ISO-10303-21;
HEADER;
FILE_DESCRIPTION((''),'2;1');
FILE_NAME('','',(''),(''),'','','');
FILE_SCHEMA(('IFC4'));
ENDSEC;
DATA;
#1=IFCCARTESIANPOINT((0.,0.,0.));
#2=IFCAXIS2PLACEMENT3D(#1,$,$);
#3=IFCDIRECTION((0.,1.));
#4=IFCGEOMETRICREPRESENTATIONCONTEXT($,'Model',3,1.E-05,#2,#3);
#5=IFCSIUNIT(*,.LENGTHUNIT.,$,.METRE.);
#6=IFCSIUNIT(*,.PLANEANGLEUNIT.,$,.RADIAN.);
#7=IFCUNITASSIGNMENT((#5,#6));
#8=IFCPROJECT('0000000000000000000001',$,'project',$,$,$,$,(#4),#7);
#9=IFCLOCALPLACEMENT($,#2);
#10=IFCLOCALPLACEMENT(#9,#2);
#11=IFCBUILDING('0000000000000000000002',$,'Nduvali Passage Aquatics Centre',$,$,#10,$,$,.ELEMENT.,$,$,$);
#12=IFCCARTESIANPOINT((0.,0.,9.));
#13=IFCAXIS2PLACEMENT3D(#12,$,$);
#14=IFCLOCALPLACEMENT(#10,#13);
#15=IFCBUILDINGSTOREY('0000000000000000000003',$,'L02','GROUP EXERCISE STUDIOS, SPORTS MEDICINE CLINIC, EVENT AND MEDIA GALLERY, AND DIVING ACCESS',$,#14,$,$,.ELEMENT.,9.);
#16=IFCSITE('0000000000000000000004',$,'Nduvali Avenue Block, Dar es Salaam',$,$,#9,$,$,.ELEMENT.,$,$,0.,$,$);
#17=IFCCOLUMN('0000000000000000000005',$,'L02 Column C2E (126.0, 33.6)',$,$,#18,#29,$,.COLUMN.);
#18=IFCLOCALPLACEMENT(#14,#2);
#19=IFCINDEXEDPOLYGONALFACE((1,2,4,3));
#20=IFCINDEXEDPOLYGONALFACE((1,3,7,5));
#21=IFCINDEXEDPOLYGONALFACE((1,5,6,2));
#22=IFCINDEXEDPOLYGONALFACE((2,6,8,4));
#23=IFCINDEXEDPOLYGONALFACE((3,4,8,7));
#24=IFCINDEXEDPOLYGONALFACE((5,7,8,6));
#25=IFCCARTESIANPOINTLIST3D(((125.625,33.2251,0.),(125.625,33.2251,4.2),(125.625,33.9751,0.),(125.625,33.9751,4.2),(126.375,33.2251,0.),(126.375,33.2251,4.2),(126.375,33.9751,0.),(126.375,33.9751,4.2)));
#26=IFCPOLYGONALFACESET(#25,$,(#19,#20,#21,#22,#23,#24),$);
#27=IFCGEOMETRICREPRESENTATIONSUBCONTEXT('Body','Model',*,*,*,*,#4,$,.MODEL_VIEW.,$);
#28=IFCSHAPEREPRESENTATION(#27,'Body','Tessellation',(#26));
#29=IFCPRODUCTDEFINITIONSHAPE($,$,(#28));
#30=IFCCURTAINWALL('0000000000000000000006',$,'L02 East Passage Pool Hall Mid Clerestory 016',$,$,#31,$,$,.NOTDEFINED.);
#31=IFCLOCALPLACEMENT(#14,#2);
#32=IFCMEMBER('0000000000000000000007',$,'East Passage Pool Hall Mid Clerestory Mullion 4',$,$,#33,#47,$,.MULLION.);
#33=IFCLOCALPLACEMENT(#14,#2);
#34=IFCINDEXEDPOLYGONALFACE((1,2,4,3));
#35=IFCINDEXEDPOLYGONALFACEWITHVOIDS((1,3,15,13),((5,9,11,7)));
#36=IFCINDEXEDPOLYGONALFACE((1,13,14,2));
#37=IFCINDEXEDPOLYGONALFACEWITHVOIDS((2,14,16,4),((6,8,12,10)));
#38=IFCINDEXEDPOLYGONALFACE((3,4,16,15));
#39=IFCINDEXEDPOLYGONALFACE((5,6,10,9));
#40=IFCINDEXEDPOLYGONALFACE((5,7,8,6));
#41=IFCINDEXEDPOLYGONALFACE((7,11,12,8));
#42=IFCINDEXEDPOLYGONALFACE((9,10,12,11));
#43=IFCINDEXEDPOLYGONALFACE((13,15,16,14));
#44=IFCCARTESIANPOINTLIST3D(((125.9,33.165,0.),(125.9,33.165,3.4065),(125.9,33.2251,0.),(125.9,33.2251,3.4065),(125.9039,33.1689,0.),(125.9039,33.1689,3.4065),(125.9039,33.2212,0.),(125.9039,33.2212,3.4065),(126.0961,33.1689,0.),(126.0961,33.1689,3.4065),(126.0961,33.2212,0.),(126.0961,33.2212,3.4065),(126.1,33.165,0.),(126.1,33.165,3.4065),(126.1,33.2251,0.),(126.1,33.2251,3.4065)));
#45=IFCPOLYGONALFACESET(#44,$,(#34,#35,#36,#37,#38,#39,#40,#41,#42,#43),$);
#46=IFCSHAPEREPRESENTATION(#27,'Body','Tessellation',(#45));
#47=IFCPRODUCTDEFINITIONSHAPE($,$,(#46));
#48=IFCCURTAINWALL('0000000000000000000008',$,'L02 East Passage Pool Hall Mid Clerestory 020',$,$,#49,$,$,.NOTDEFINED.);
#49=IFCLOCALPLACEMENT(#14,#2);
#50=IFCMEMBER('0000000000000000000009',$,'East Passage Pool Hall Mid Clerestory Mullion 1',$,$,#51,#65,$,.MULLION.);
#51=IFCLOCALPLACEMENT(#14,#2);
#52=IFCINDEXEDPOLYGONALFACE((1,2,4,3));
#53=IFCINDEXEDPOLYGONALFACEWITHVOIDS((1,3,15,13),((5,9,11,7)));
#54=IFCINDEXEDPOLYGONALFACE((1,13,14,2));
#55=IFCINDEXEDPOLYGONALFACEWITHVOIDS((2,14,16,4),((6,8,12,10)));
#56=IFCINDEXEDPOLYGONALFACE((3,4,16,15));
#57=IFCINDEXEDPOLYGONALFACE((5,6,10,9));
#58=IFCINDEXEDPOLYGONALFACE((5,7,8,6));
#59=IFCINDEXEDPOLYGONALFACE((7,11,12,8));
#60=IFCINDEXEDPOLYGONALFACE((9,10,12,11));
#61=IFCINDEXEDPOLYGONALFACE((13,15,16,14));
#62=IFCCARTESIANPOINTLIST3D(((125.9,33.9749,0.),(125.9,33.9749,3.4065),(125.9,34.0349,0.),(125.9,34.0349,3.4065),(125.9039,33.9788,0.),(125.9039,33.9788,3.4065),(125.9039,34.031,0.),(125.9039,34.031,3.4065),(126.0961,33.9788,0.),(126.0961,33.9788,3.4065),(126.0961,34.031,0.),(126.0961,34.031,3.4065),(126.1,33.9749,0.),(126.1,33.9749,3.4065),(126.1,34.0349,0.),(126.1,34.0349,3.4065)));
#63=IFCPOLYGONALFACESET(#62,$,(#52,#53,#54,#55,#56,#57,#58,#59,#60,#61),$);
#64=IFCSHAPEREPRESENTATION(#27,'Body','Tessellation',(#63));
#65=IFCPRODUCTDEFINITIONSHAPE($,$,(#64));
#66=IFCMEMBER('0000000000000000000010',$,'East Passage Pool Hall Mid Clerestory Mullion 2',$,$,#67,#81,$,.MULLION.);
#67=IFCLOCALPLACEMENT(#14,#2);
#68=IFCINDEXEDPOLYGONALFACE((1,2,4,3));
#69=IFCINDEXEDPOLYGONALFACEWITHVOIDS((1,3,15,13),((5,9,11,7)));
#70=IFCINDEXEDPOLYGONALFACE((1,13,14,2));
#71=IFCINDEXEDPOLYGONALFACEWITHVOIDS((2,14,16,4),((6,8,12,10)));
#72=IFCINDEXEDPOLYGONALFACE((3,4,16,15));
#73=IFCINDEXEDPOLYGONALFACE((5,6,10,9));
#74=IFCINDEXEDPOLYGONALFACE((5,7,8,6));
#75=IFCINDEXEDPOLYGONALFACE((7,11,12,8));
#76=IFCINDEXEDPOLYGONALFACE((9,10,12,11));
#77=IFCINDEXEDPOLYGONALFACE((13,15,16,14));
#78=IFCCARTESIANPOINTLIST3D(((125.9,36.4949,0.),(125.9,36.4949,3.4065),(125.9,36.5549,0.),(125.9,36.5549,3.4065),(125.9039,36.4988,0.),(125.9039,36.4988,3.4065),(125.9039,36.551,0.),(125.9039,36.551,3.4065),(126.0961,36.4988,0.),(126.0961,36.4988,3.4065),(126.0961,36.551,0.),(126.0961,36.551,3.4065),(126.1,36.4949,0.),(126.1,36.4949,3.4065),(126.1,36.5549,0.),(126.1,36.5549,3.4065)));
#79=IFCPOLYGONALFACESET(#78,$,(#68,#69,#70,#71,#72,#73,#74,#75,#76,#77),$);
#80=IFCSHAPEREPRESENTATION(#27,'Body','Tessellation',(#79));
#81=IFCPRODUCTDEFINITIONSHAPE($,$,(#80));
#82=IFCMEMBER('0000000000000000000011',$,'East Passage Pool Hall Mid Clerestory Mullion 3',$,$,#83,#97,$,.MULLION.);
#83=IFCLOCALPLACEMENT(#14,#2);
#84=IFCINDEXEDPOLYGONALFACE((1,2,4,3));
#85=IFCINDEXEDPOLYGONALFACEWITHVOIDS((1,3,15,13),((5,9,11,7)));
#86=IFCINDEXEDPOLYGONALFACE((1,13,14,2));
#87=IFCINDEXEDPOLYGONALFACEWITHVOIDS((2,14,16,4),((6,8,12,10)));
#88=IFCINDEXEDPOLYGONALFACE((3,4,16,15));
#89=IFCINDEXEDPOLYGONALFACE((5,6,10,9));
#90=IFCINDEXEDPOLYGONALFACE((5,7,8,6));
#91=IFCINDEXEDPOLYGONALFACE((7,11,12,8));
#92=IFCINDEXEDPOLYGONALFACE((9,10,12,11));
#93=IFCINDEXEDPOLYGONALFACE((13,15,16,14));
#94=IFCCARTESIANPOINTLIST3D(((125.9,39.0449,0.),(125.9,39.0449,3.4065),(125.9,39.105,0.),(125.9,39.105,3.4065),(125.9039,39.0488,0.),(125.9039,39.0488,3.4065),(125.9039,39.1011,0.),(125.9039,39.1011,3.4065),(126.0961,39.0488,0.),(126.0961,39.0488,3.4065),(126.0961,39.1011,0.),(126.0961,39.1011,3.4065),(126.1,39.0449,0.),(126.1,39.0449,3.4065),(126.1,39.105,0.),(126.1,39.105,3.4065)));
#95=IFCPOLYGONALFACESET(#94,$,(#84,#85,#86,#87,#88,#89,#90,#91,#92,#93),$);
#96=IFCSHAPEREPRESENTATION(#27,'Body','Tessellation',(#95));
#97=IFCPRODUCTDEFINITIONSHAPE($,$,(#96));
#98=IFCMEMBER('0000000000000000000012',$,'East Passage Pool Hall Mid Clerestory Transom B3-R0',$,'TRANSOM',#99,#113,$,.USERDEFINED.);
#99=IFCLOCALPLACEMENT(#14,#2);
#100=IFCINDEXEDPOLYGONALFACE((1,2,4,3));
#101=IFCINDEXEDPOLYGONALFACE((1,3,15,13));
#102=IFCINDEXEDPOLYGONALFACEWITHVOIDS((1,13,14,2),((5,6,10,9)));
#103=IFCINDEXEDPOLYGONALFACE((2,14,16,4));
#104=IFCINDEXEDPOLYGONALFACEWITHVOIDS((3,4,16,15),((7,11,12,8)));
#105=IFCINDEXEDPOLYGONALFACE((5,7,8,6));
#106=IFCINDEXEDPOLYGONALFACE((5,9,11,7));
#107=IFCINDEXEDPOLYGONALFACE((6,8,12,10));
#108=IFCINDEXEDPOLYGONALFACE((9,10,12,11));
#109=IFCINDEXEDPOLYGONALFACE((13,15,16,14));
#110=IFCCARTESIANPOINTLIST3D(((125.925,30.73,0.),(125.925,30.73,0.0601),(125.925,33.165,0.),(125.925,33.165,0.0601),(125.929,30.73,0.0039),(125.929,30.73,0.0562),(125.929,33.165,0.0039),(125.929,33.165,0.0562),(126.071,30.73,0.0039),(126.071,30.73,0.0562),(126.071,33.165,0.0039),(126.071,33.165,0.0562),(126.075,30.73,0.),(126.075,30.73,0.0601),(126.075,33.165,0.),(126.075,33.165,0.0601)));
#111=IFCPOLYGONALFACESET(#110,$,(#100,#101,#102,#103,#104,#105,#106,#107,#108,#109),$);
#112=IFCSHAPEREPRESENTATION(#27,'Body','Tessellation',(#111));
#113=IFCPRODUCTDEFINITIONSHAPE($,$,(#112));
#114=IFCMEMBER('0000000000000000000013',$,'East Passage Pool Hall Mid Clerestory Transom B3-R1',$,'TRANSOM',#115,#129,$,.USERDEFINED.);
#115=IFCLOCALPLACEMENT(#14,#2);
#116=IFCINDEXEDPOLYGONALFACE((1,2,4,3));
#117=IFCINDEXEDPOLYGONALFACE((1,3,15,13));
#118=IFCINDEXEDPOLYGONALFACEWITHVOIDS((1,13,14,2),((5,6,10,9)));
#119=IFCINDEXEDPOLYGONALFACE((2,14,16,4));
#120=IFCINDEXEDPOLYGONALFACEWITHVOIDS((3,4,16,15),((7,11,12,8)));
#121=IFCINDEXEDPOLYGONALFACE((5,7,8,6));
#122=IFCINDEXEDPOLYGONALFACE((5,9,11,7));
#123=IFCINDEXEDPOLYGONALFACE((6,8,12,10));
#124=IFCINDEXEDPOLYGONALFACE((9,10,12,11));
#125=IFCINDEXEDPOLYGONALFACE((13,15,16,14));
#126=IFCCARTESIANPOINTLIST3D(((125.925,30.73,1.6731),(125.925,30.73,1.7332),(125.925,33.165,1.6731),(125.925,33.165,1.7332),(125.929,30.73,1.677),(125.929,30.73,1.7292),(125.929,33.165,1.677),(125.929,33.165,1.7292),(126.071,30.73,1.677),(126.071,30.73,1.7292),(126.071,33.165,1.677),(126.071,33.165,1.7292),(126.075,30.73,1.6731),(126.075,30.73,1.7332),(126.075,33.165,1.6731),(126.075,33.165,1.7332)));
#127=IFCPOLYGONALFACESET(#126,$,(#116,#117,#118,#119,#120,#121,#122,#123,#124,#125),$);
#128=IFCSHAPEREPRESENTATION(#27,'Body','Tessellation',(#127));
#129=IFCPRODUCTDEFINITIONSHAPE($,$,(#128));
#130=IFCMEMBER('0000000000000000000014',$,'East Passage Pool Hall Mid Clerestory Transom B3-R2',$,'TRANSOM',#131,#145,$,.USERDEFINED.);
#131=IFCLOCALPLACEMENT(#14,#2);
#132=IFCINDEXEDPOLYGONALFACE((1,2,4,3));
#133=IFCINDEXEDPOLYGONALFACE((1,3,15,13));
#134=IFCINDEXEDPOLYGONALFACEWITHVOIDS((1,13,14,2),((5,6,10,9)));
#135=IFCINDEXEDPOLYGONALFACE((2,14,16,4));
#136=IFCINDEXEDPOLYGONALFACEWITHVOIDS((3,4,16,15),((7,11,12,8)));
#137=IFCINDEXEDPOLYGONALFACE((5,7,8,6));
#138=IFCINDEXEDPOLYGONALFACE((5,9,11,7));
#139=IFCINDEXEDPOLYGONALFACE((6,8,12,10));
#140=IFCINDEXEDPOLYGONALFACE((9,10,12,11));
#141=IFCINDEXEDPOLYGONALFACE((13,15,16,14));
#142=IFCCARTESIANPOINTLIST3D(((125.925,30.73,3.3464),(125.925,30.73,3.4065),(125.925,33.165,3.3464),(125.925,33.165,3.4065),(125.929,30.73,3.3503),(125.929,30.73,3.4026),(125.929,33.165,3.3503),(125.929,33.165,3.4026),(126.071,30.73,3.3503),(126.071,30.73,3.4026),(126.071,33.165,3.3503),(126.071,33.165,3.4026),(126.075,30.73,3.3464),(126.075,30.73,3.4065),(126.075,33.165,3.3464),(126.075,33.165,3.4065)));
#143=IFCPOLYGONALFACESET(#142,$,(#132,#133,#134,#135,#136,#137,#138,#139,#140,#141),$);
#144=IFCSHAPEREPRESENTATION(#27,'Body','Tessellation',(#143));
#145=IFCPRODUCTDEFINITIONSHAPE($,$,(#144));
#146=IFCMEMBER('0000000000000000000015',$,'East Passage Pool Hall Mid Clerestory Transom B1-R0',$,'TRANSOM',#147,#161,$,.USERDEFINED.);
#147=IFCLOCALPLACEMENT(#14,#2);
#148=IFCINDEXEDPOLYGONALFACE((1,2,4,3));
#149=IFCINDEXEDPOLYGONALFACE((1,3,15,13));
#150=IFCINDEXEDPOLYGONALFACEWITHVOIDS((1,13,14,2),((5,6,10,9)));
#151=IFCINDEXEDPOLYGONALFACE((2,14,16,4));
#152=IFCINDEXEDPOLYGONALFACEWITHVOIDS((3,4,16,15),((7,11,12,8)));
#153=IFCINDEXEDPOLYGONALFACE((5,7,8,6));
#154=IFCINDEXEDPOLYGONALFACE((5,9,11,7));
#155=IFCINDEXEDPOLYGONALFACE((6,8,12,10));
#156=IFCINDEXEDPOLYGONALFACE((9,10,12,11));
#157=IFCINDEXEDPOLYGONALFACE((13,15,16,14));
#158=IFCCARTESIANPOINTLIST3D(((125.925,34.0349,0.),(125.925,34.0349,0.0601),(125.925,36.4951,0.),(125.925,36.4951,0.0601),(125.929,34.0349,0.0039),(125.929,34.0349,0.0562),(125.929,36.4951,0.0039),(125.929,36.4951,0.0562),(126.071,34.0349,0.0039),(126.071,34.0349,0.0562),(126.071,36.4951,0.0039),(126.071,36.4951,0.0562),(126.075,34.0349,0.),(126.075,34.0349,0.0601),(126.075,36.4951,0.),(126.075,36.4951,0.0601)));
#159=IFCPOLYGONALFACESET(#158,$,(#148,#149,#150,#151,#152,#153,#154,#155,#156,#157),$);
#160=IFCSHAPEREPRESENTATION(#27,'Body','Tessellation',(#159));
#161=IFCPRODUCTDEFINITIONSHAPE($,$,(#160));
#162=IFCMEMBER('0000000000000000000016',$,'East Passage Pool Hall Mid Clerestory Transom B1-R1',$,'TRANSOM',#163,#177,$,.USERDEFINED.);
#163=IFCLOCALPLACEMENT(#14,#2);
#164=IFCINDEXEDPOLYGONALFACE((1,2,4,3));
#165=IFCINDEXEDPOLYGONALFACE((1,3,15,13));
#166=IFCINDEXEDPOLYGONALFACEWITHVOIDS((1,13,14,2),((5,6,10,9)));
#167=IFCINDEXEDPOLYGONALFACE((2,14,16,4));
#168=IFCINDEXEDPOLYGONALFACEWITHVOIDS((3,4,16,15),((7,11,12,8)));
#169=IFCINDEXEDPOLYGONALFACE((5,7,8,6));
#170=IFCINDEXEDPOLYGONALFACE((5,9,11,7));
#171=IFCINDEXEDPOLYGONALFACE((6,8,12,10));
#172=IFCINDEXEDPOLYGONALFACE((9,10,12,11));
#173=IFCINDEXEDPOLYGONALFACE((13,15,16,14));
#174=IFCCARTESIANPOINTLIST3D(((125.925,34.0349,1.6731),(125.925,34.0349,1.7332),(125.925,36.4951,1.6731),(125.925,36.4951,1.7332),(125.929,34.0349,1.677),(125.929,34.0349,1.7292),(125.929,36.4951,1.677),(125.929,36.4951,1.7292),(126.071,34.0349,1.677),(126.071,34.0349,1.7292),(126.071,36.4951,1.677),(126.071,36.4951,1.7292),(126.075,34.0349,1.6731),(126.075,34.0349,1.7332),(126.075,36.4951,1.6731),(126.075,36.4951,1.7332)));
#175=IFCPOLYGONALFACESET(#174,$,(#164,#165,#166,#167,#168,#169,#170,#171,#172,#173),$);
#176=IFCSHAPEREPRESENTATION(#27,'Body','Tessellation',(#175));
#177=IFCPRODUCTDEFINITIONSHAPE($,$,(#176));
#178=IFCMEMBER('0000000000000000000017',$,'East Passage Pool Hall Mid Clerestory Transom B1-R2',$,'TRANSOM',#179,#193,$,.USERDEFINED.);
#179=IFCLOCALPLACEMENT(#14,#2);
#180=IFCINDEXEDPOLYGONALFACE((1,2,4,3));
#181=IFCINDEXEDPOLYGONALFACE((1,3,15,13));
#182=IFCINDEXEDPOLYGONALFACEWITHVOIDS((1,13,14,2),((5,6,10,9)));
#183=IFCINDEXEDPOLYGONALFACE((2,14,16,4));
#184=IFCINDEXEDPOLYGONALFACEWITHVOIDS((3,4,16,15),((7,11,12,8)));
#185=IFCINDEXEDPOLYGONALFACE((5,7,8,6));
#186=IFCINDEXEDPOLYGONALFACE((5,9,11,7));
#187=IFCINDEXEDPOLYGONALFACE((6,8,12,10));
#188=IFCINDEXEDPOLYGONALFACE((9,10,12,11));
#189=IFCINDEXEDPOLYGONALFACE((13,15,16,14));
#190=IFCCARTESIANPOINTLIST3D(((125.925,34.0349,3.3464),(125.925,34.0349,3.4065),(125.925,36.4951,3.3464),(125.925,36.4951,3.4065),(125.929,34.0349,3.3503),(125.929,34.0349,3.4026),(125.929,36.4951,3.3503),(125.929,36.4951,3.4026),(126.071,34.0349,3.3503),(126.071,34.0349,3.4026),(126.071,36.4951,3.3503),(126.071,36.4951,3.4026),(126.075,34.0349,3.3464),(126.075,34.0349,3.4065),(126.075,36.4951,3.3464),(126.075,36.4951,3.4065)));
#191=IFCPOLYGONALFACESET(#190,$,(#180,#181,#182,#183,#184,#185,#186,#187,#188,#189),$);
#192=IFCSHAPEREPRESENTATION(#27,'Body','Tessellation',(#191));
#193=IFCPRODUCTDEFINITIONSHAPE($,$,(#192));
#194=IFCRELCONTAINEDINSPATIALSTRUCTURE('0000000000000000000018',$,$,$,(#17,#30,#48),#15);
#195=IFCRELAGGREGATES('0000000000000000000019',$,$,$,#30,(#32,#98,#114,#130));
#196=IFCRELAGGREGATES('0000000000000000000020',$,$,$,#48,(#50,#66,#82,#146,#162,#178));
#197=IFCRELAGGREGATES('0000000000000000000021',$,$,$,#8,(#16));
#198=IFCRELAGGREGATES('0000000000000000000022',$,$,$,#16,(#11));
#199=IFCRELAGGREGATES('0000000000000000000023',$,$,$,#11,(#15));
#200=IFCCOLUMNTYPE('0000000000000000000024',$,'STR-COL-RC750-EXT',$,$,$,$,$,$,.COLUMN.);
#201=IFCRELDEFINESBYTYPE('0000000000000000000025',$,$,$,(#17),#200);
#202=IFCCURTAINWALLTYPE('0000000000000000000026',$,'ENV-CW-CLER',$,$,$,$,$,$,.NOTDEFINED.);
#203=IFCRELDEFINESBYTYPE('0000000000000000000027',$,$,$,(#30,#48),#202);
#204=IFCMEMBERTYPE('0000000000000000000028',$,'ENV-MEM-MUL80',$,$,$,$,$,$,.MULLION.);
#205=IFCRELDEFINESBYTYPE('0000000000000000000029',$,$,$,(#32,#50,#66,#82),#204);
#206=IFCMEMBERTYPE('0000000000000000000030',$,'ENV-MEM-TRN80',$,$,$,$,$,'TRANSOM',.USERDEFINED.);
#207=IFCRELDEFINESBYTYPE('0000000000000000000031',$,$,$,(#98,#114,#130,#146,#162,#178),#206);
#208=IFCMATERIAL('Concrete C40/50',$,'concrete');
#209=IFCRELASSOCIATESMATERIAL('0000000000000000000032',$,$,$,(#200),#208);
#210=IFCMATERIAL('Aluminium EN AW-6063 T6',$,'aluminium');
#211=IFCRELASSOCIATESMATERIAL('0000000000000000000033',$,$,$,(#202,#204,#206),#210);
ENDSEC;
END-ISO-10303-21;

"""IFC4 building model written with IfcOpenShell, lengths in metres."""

from ifc_helpers import new_model, si_unit, direction, frame, origin, origin_2d, place, context, subcontext, project, spatial, rectangle, hollow_rectangle, extrude, material, material_profile, profile_set, type_object, element, aggregate, save


model = new_model("IFC4")

# Units and contexts
model_context = context("Model", 3, precision=1e-05, world=origin(), true_north=direction((0.0, 1.0)))
body_context = subcontext(model_context, "Body", "Model", "MODEL_VIEW")
ifc_project = project(units=[si_unit("LENGTHUNIT", "METRE"), si_unit("PLANEANGLEUNIT", "RADIAN")], contexts=[model_context])

# Site, building, storey
site_placement = place(None, origin())
site = spatial("IfcSite", under=ifc_project, at=site_placement, Name="Nduvali Avenue Block, Dar es Salaam", CompositionType="ELEMENT", RefElevation=0.0)
building_placement = place(site_placement, origin())
building = spatial("IfcBuilding", under=site, at=building_placement, Name="Nduvali Passage Aquatics Centre", CompositionType="ELEMENT")
storey_placement = place(building_placement, frame((0.0, 0.0, 9.0)))
storey = spatial("IfcBuildingStorey", under=building, at=storey_placement, Name="L02", Description="GROUP EXERCISE STUDIOS, SPORTS MEDICINE CLINIC, EVENT AND MEDIA GALLERY, AND DIVING ACCESS", CompositionType="ELEMENT", Elevation=9.0)

# Column
ifc_material_1 = material(Name="Concrete C40/50", Category="concrete")
ifc_material_profile_1 = material_profile(ifc_material_1, rectangle(XDim=0.75, YDim=0.75, at=origin_2d()), Name="RC 750x750")
ifc_profile_set_1 = profile_set([ifc_material_profile_1], Name="Concrete C40/50")
column_type = type_object("IfcColumnType", Name="STR-COL-RC750-EXT", PredefinedType="COLUMN", material=ifc_profile_set_1)
column_placement = place(storey_placement, frame((126.0, 33.6001, 0.0), z_axis=(0.0, 0.0, 1.0), x_axis=(1.0, 0.0, 0.0)))
element("IfcColumn", 1, at=column_placement, inside=storey, type_object=column_type, Name="L02 Column C2E (126.0, 33.6)", PredefinedType="COLUMN", context=body_context, shape_type="SweptSolid", body=[
    extrude(rectangle(XDim=0.75, YDim=0.75, at=origin_2d()), origin(), (0.0, 0.0, 1.0), 4.2),
])

# Curtain wall, member
ifc_material_2 = material(Name="Aluminium EN AW-6063 T6", Category="aluminium")
curtain_wall_type = type_object("IfcCurtainWallType", Name="ENV-CW-CLER", PredefinedType="NOTDEFINED", material=ifc_material_2)
curtain_wall_1_placement = place(storey_placement, origin())
curtain_wall_1 = element("IfcCurtainWall", 2, at=curtain_wall_1_placement, inside=storey, type_object=curtain_wall_type, Name="L02 East Passage Pool Hall Mid Clerestory 016", PredefinedType="NOTDEFINED")
ifc_material_profile_2 = material_profile(ifc_material_2, hollow_rectangle(XDim=0.0601, YDim=0.2, WallThickness=0.0039, at=origin_2d()), Name="ALU MULLION 60x200x4")
ifc_profile_set_2 = profile_set([ifc_material_profile_2], Name="Aluminium EN AW-6063 T6")
member_type_1 = type_object("IfcMemberType", Name="ENV-MEM-MUL80", PredefinedType="MULLION", material=ifc_profile_set_2)
member_1_placement = place(storey_placement, frame((126.0, 33.1951, 0.0), z_axis=(0.0, 0.0, 1.0), x_axis=(0.0, 1.0, 0.0)))
member_1 = element("IfcMember", 3, at=member_1_placement, type_object=member_type_1, Name="East Passage Pool Hall Mid Clerestory Mullion 4", PredefinedType="MULLION", context=body_context, shape_type="SweptSolid", body=[
    extrude(hollow_rectangle(XDim=0.0601, YDim=0.2, WallThickness=0.0039, at=origin_2d()), origin(), (0.0, 0.0, 1.0), 3.4065),
])

# Curtain wall, members
curtain_wall_2_placement = place(storey_placement, origin())
curtain_wall_2 = element("IfcCurtainWall", 4, at=curtain_wall_2_placement, inside=storey, type_object=curtain_wall_type, Name="L02 East Passage Pool Hall Mid Clerestory 020", PredefinedType="NOTDEFINED")
member_2_placement = place(storey_placement, frame((126.0, 34.0049, 0.0), z_axis=(0.0, 0.0, 1.0), x_axis=(0.0, 1.0, 0.0)))
member_2 = element("IfcMember", 5, at=member_2_placement, type_object=member_type_1, Name="East Passage Pool Hall Mid Clerestory Mullion 1", PredefinedType="MULLION", context=body_context, shape_type="SweptSolid", body=[
    extrude(hollow_rectangle(XDim=0.0601, YDim=0.2, WallThickness=0.0039, at=origin_2d()), origin(), (0.0, 0.0, 1.0), 3.4065),
])
member_3_placement = place(storey_placement, frame((126.0, 36.5249, 0.0), z_axis=(0.0, 0.0, 1.0), x_axis=(0.0, 1.0, 0.0)))
member_3 = element("IfcMember", 6, at=member_3_placement, type_object=member_type_1, Name="East Passage Pool Hall Mid Clerestory Mullion 2", PredefinedType="MULLION", context=body_context, shape_type="SweptSolid", body=[
    extrude(hollow_rectangle(XDim=0.0601, YDim=0.2, WallThickness=0.0039, at=origin_2d()), origin(), (0.0, 0.0, 1.0), 3.4065),
])
member_4_placement = place(storey_placement, frame((126.0, 39.075, 0.0), z_axis=(0.0, 0.0, 1.0), x_axis=(0.0, 1.0, 0.0)))
member_4 = element("IfcMember", 7, at=member_4_placement, type_object=member_type_1, Name="East Passage Pool Hall Mid Clerestory Mullion 3", PredefinedType="MULLION", context=body_context, shape_type="SweptSolid", body=[
    extrude(hollow_rectangle(XDim=0.0601, YDim=0.2, WallThickness=0.0039, at=origin_2d()), origin(), (0.0, 0.0, 1.0), 3.4065),
])

# Members
ifc_material_profile_3 = material_profile(ifc_material_2, hollow_rectangle(XDim=0.1499, YDim=0.0601, WallThickness=0.0039, at=origin_2d()), Name="ALU TRANSOM 150x60x4")
ifc_profile_set_3 = profile_set([ifc_material_profile_3], Name="Aluminium EN AW-6063 T6")
member_type_2 = type_object("IfcMemberType", Name="ENV-MEM-TRN80", ElementType="TRANSOM", PredefinedType="USERDEFINED", material=ifc_profile_set_3)
member_5_placement = place(storey_placement, frame((126.0, 30.73, 0.03), z_axis=(0.0, 1.0, 0.0), x_axis=(-1.0, 0.0, 0.0)))
member_5 = element("IfcMember", 8, at=member_5_placement, type_object=member_type_2, Name="East Passage Pool Hall Mid Clerestory Transom B3-R0", ObjectType="TRANSOM", PredefinedType="USERDEFINED", context=body_context, shape_type="SweptSolid", body=[
    extrude(hollow_rectangle(XDim=0.1499, YDim=0.0601, WallThickness=0.0039, at=origin_2d()), origin(), (0.0, 0.0, 1.0), 2.4351),
])
member_6_placement = place(storey_placement, frame((126.0, 30.73, 1.7031), z_axis=(0.0, 1.0, 0.0), x_axis=(-1.0, 0.0, 0.0)))
member_6 = element("IfcMember", 9, at=member_6_placement, type_object=member_type_2, Name="East Passage Pool Hall Mid Clerestory Transom B3-R1", ObjectType="TRANSOM", PredefinedType="USERDEFINED", context=body_context, shape_type="SweptSolid", body=[
    extrude(hollow_rectangle(XDim=0.1499, YDim=0.0601, WallThickness=0.0039, at=origin_2d()), origin(), (0.0, 0.0, 1.0), 2.4351),
])
member_7_placement = place(storey_placement, frame((126.0, 30.73, 3.3765), z_axis=(0.0, 1.0, 0.0), x_axis=(-1.0, 0.0, 0.0)))
member_7 = element("IfcMember", 10, at=member_7_placement, type_object=member_type_2, Name="East Passage Pool Hall Mid Clerestory Transom B3-R2", ObjectType="TRANSOM", PredefinedType="USERDEFINED", context=body_context, shape_type="SweptSolid", body=[
    extrude(hollow_rectangle(XDim=0.1499, YDim=0.0601, WallThickness=0.0039, at=origin_2d()), origin(), (0.0, 0.0, 1.0), 2.4351),
])
member_8_placement = place(storey_placement, frame((126.0, 34.0349, 0.03), z_axis=(0.0, 1.0, 0.0), x_axis=(-1.0, 0.0, 0.0)))
member_8 = element("IfcMember", 11, at=member_8_placement, type_object=member_type_2, Name="East Passage Pool Hall Mid Clerestory Transom B1-R0", ObjectType="TRANSOM", PredefinedType="USERDEFINED", context=body_context, shape_type="SweptSolid", body=[
    extrude(hollow_rectangle(XDim=0.1499, YDim=0.0601, WallThickness=0.0039, at=origin_2d()), origin(), (0.0, 0.0, 1.0), 2.4602),
])
member_9_placement = place(storey_placement, frame((126.0, 34.0349, 1.7031), z_axis=(0.0, 1.0, 0.0), x_axis=(-1.0, 0.0, 0.0)))
member_9 = element("IfcMember", 12, at=member_9_placement, type_object=member_type_2, Name="East Passage Pool Hall Mid Clerestory Transom B1-R1", ObjectType="TRANSOM", PredefinedType="USERDEFINED", context=body_context, shape_type="SweptSolid", body=[
    extrude(hollow_rectangle(XDim=0.1499, YDim=0.0601, WallThickness=0.0039, at=origin_2d()), origin(), (0.0, 0.0, 1.0), 2.4602),
])
member_10_placement = place(storey_placement, frame((126.0, 34.0349, 3.3765), z_axis=(0.0, 1.0, 0.0), x_axis=(-1.0, 0.0, 0.0)))
member_10 = element("IfcMember", 13, at=member_10_placement, type_object=member_type_2, Name="East Passage Pool Hall Mid Clerestory Transom B1-R2", ObjectType="TRANSOM", PredefinedType="USERDEFINED", context=body_context, shape_type="SweptSolid", body=[
    extrude(hollow_rectangle(XDim=0.1499, YDim=0.0601, WallThickness=0.0039, at=origin_2d()), origin(), (0.0, 0.0, 1.0), 2.4602),
])

aggregate(curtain_wall_1, [member_1, member_5, member_6, member_7])
aggregate(curtain_wall_2, [member_2, member_3, member_4, member_8, member_9, member_10])

save(model, "model.ifc")
